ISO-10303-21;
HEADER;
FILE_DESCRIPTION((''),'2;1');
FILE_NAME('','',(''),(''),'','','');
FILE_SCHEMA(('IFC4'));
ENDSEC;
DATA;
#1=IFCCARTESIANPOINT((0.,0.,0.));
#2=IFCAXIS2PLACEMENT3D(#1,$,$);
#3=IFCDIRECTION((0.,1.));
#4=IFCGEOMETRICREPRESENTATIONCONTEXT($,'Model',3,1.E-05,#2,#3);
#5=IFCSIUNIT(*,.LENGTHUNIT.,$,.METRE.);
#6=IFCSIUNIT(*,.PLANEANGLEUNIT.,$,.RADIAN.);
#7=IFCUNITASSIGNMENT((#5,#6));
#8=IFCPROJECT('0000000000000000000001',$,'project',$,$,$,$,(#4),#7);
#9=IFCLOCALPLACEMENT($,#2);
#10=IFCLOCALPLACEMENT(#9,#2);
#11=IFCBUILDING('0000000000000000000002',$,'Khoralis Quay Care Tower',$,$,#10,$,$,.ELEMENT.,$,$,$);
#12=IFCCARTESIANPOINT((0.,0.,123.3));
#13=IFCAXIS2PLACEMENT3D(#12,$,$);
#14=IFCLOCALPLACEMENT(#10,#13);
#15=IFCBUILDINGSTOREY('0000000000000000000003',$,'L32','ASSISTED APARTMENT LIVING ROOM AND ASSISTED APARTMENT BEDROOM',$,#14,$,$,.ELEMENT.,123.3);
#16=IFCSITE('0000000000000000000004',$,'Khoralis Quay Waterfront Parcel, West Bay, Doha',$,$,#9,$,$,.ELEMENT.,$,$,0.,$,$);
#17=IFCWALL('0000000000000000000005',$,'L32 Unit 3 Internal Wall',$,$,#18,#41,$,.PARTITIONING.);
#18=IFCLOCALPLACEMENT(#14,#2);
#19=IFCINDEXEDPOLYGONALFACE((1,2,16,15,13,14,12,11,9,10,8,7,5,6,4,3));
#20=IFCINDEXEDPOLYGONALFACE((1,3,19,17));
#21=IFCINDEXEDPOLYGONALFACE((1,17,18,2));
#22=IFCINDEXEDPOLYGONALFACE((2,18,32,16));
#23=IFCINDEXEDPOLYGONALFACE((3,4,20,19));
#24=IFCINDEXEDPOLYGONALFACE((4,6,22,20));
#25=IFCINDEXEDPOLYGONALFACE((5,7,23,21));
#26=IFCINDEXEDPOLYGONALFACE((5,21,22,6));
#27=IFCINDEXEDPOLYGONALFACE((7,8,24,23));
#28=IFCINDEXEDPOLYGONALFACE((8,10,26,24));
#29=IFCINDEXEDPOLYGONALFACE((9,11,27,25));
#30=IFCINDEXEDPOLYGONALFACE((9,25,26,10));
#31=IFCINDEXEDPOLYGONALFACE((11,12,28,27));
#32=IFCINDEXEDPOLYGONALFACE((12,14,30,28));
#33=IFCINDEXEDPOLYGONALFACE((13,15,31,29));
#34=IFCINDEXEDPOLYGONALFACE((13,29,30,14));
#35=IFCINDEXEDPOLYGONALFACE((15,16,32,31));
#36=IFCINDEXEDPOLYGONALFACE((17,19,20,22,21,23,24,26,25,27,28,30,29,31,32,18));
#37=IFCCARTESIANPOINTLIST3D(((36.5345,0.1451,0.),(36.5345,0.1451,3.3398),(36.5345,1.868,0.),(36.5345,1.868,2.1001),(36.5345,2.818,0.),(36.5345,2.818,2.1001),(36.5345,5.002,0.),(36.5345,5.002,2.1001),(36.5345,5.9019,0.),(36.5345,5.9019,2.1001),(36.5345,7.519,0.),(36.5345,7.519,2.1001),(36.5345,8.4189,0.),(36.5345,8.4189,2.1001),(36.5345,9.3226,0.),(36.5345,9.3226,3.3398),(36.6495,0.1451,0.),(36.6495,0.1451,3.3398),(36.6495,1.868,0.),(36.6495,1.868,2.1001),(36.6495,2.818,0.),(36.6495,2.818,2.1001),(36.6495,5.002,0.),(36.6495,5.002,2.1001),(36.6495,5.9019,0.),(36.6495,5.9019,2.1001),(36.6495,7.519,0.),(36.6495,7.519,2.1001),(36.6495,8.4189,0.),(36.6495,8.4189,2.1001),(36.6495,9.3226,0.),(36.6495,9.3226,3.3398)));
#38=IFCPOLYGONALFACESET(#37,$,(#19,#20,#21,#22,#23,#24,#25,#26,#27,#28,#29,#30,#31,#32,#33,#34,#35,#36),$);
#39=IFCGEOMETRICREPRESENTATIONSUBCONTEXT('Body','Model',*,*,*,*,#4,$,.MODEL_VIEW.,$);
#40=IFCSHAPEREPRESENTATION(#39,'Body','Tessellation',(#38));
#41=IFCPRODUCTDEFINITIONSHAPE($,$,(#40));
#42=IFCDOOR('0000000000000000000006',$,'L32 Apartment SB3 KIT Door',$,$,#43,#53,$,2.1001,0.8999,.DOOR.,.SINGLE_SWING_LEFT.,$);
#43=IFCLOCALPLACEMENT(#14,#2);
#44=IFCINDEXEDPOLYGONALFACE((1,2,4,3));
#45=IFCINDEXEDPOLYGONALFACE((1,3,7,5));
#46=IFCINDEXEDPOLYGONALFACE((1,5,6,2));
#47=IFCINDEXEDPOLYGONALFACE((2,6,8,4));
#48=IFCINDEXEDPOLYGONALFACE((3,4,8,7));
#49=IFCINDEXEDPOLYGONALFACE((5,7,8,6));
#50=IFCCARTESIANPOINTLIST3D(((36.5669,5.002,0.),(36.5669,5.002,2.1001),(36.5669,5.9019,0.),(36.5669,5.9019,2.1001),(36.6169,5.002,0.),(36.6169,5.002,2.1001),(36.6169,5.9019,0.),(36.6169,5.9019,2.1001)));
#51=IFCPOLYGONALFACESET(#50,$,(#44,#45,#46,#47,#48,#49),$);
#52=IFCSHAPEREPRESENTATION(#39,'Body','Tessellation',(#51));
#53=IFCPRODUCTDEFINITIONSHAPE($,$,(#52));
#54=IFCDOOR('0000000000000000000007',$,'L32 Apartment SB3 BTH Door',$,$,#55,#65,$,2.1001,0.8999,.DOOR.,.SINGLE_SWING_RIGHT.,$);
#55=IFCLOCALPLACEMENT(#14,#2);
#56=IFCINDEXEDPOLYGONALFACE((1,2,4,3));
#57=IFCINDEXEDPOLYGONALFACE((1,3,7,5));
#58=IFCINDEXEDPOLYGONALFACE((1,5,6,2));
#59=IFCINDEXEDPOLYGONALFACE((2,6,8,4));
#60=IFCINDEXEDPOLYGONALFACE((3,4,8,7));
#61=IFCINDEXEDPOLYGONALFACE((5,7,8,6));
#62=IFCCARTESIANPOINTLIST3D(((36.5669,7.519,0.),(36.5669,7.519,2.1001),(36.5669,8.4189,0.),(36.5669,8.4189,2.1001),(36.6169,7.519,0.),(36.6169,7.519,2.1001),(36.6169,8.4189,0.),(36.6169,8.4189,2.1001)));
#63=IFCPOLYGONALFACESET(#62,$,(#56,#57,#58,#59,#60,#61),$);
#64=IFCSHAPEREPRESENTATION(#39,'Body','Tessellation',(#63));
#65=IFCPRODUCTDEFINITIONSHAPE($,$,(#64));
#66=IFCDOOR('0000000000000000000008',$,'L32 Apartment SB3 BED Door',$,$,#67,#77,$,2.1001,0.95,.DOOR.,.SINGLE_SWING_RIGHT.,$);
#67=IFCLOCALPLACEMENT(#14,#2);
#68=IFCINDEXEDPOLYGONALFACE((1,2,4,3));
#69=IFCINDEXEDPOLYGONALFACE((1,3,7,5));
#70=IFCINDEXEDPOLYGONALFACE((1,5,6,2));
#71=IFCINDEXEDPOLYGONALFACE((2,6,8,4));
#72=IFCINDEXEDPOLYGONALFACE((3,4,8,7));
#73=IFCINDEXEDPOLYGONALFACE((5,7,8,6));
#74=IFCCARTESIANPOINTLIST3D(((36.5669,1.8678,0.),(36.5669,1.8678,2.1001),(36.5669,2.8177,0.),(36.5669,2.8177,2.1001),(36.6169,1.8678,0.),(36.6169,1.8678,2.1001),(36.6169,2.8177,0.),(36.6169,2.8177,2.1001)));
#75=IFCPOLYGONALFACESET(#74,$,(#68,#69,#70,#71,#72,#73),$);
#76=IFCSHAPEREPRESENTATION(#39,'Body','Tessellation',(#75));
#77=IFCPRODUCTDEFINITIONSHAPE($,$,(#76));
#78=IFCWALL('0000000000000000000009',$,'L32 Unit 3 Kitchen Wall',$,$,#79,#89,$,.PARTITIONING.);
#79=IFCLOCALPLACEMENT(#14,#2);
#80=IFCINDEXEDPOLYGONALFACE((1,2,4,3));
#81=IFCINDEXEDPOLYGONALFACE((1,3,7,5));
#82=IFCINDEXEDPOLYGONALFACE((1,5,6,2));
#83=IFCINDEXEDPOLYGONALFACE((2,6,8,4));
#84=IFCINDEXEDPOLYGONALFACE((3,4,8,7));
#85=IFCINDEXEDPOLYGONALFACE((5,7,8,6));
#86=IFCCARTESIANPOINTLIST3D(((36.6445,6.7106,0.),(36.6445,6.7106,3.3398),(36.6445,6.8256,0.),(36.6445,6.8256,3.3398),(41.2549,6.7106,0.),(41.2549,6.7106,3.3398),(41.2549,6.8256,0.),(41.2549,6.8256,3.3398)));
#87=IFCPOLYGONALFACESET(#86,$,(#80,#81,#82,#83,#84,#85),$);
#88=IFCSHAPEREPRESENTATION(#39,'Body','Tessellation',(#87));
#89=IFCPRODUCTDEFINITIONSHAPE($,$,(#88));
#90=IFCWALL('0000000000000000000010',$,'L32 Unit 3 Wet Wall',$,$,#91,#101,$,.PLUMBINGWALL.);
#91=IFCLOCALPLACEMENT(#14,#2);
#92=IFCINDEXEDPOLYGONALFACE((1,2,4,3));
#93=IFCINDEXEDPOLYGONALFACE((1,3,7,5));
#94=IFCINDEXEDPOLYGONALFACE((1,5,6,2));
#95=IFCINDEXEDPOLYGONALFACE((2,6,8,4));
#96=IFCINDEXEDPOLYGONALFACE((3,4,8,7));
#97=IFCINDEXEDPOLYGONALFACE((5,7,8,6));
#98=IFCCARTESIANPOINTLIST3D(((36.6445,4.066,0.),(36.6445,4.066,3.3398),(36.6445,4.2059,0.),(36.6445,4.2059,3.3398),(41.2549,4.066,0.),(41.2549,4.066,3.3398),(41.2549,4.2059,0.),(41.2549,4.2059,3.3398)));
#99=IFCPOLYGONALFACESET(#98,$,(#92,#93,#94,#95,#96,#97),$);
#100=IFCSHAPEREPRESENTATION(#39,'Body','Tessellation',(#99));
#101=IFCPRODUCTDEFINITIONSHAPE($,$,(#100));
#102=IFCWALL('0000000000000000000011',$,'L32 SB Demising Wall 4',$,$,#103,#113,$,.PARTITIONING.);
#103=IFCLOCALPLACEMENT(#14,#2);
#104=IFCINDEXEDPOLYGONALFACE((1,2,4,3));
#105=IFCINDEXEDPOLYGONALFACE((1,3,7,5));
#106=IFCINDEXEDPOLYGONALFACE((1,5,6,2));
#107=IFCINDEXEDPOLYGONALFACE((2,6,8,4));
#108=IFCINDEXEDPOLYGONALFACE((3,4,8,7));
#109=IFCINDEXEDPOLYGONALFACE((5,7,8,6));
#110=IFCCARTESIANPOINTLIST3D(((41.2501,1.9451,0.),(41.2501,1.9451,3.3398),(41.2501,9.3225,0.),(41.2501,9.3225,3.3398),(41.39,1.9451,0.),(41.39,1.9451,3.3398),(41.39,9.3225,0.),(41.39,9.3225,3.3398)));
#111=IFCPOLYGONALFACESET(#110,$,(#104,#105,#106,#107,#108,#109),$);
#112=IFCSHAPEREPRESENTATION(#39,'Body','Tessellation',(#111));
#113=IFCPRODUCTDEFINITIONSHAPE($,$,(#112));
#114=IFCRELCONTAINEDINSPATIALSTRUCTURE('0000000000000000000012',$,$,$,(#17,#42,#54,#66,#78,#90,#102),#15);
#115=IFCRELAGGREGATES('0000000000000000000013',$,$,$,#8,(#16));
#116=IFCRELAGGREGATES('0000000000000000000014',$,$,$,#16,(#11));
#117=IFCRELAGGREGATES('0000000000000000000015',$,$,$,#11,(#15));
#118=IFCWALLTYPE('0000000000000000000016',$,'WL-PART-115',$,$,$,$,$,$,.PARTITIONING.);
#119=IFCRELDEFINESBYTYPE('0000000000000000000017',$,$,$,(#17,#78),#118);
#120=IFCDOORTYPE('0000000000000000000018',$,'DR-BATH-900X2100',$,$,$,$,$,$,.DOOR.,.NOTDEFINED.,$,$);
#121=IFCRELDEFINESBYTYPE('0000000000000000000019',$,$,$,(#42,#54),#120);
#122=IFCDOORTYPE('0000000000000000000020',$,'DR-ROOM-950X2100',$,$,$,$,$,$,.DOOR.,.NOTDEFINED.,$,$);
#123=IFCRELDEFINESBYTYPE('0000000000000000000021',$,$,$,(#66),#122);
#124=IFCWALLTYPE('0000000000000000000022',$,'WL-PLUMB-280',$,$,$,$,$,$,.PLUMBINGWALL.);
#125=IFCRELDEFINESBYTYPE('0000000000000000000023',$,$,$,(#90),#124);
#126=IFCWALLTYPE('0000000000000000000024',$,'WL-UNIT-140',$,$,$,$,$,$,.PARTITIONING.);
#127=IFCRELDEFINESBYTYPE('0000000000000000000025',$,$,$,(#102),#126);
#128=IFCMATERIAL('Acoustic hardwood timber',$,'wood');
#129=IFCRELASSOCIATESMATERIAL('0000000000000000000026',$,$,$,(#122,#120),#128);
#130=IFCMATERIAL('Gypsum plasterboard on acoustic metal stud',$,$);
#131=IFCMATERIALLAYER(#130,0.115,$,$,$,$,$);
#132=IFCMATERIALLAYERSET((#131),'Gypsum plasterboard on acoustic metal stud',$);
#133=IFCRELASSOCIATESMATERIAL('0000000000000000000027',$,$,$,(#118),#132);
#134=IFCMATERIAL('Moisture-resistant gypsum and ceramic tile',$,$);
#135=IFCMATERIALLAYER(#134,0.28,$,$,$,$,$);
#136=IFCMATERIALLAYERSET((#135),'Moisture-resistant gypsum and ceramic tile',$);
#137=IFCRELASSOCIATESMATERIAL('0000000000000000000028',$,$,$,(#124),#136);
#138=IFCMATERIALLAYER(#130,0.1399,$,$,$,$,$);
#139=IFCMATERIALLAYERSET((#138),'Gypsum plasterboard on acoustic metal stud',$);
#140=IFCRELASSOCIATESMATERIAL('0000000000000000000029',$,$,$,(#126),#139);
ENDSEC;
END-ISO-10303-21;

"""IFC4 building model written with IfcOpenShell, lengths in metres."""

from ifc_helpers import new_model, si_unit, direction, frame, frame_2d, origin, place, context, subcontext, project, spatial, rectangle, extrude, source, transform, mapped, material, layer, layer_set, type_object, element, fill, save


model = new_model("IFC4")

# Units and contexts
model_context = context("Model", 3, precision=1e-05, world=origin(), true_north=direction((0.0, 1.0)))
body_context = subcontext(model_context, "Body", "Model", "MODEL_VIEW")
ifc_project = project(units=[si_unit("LENGTHUNIT", "METRE"), si_unit("PLANEANGLEUNIT", "RADIAN")], contexts=[model_context])

# Site, building, storey
site_placement = place(None, origin())
site = spatial("IfcSite", under=ifc_project, at=site_placement, Name="Khoralis Quay Waterfront Parcel, West Bay, Doha", CompositionType="ELEMENT", RefElevation=0.0)
building_placement = place(site_placement, origin())
building = spatial("IfcBuilding", under=site, at=building_placement, Name="Khoralis Quay Care Tower", CompositionType="ELEMENT")
storey_placement = place(building_placement, frame((0.0, 0.0, 123.3)))
storey = spatial("IfcBuildingStorey", under=building, at=storey_placement, Name="L32", Description="ASSISTED APARTMENT LIVING ROOM AND ASSISTED APARTMENT BEDROOM", CompositionType="ELEMENT", Elevation=123.3)

# Shared definitions
ifc_material_1 = material(Name="Gypsum plasterboard on acoustic metal stud")

# Shared definitions
ifc_material_2 = material(Name="Acoustic hardwood timber", Category="wood")
door_type_1 = type_object("IfcDoorType", Name="DR-ROOM-950X2100", OperationType="NOTDEFINED", PredefinedType="DOOR", material=ifc_material_2)
shared_shape_1 = source(origin(), body_context, "Body", "SweptSolid", [
    extrude(rectangle(XDim=0.95, YDim=2.1001, at=frame_2d((0.4751, 1.05))), frame((0.0, 0.0249, 0.0), z_axis=(0.0, -1.0, 0.0), x_axis=(1.0, 0.0, 0.0)), (0.0, 0.0, 1.0), 0.05),
])

# Wall, openings, doors
ifc_layer_1 = layer(ifc_material_1, 0.115)
ifc_layer_set_1 = layer_set([ifc_layer_1], Name="Gypsum plasterboard on acoustic metal stud")
wall_type_1 = type_object("IfcWallType", Name="WL-PART-115", PredefinedType="PARTITIONING", material=ifc_layer_set_1)
wall_1_placement = place(storey_placement, frame((36.592, 0.145, 0.0), z_axis=(0.0, 0.0, 1.0), x_axis=(0.0, 1.0, 0.0)))
wall_1 = element("IfcWall", 1, at=wall_1_placement, inside=storey, type_object=wall_type_1, Name="L32 Unit 3 Internal Wall", PredefinedType="PARTITIONING", context=body_context, shape_type="SweptSolid", body=[
    extrude(rectangle(XDim=9.1775, YDim=0.115, at=frame_2d((4.5889, 0.0))), origin(), (0.0, 0.0, 1.0), 3.3398),
])
opening_1_placement = place(wall_1_placement, frame((1.7229, 0.0, 0.0)))
opening_1 = element("IfcOpeningElement", 2, at=opening_1_placement, cuts=wall_1, PredefinedType="OPENING", context=body_context, shape_type="SweptSolid", body=[
    extrude(rectangle(XDim=0.95, YDim=2.1001, at=frame_2d((0.4751, 1.05))), frame((0.0, 0.0674, 0.0), z_axis=(0.0, -1.0, 0.0), x_axis=(1.0, 0.0, 0.0)), (0.0, 0.0, 1.0), 0.135),
])
opening_2_placement = place(wall_1_placement, frame((4.8569, 0.0, 0.0)))
opening_2 = element("IfcOpeningElement", 3, at=opening_2_placement, cuts=wall_1, PredefinedType="OPENING", context=body_context, shape_type="SweptSolid", body=[
    extrude(rectangle(XDim=0.8999, YDim=2.1001, at=frame_2d((0.45, 1.05))), frame((0.0, 0.0674, 0.0), z_axis=(0.0, -1.0, 0.0), x_axis=(1.0, 0.0, 0.0)), (0.0, 0.0, 1.0), 0.135),
])
opening_3_placement = place(wall_1_placement, frame((7.374, 0.0, 0.0)))
opening_3 = element("IfcOpeningElement", 4, at=opening_3_placement, cuts=wall_1, PredefinedType="OPENING", context=body_context, shape_type="SweptSolid", body=[
    extrude(rectangle(XDim=0.8999, YDim=2.1001, at=frame_2d((0.45, 1.05))), frame((0.0, 0.0674, 0.0), z_axis=(0.0, -1.0, 0.0), x_axis=(1.0, 0.0, 0.0)), (0.0, 0.0, 1.0), 0.135),
])
door_type_2 = type_object("IfcDoorType", Name="DR-BATH-900X2100", OperationType="NOTDEFINED", PredefinedType="DOOR", material=ifc_material_2)
shared_shape_2 = source(origin(), body_context, "Body", "SweptSolid", [
    extrude(rectangle(XDim=0.8999, YDim=2.1001, at=frame_2d((0.45, 1.05))), frame((0.0, 0.0249, 0.0), z_axis=(0.0, -1.0, 0.0), x_axis=(1.0, 0.0, 0.0)), (0.0, 0.0, 1.0), 0.05),
])
door_1_placement = place(opening_2_placement, frame((0.8999, 0.0, 0.0), z_axis=(0.0, 0.0, 1.0), x_axis=(-1.0, 0.0, 0.0)))
door_1 = element("IfcDoor", 5, at=door_1_placement, inside=storey, type_object=door_type_2, Name="L32 Apartment SB3 KIT Door", OperationType="SINGLE_SWING_LEFT", OverallHeight=2.1001, OverallWidth=0.8999, PredefinedType="DOOR", context=body_context, shape_type="MappedRepresentation", body=[
    mapped(shared_shape_2, transform((0.0, 0.0, 0.0), scale=1.0)),
])
fill(opening_2, door_1)
door_2_placement = place(opening_3_placement, frame((0.8999, 0.0, 0.0), z_axis=(0.0, 0.0, 1.0), x_axis=(-1.0, 0.0, 0.0)))
door_2 = element("IfcDoor", 6, at=door_2_placement, inside=storey, type_object=door_type_2, Name="L32 Apartment SB3 BTH Door", OperationType="SINGLE_SWING_RIGHT", OverallHeight=2.1001, OverallWidth=0.8999, PredefinedType="DOOR", context=body_context, shape_type="MappedRepresentation", body=[
    mapped(shared_shape_2, transform((0.0, 0.0, 0.0), scale=1.0)),
])
fill(opening_3, door_2)
door_3_placement = place(opening_1_placement, frame((0.95, 0.0, 0.0), z_axis=(0.0, 0.0, 1.0), x_axis=(-1.0, 0.0, 0.0)))
door_3 = element("IfcDoor", 7, at=door_3_placement, inside=storey, type_object=door_type_1, Name="L32 Apartment SB3 BED Door", OperationType="SINGLE_SWING_RIGHT", OverallHeight=2.1001, OverallWidth=0.95, PredefinedType="DOOR", context=body_context, shape_type="MappedRepresentation", body=[
    mapped(shared_shape_1, transform((0.0, 0.0, 0.0), scale=1.0)),
])
fill(opening_1, door_3)

# Walls
wall_2_placement = place(storey_placement, frame((36.6445, 6.7681, 0.0), z_axis=(0.0, 0.0, 1.0), x_axis=(1.0, 0.0, 0.0)))
element("IfcWall", 8, at=wall_2_placement, inside=storey, type_object=wall_type_1, Name="L32 Unit 3 Kitchen Wall", PredefinedType="PARTITIONING", context=body_context, shape_type="SweptSolid", body=[
    extrude(rectangle(XDim=4.6104, YDim=0.115, at=frame_2d((2.3052, 0.0))), origin(), (0.0, 0.0, 1.0), 3.3398),
])
ifc_material_3 = material(Name="Moisture-resistant gypsum and ceramic tile")
ifc_layer_2 = layer(ifc_material_3, 0.28)
ifc_layer_set_2 = layer_set([ifc_layer_2], Name="Moisture-resistant gypsum and ceramic tile")
wall_type_2 = type_object("IfcWallType", Name="WL-PLUMB-280", PredefinedType="PLUMBINGWALL", material=ifc_layer_set_2)
wall_3_placement = place(storey_placement, frame((36.6445, 4.136, 0.0), z_axis=(0.0, 0.0, 1.0), x_axis=(1.0, 0.0, 0.0)))
element("IfcWall", 9, at=wall_3_placement, inside=storey, type_object=wall_type_2, Name="L32 Unit 3 Wet Wall", PredefinedType="PLUMBINGWALL", context=body_context, shape_type="SweptSolid", body=[
    extrude(rectangle(XDim=4.6104, YDim=0.1399, at=frame_2d((2.3052, 0.0))), origin(), (0.0, 0.0, 1.0), 3.3398),
])
ifc_layer_3 = layer(ifc_material_1, 0.1399)
ifc_layer_set_3 = layer_set([ifc_layer_3], Name="Gypsum plasterboard on acoustic metal stud")
wall_type_3 = type_object("IfcWallType", Name="WL-UNIT-140", PredefinedType="PARTITIONING", material=ifc_layer_set_3)
wall_4_placement = place(storey_placement, frame((41.3201, 1.9451, 0.0), z_axis=(0.0, 0.0, 1.0), x_axis=(0.0, 1.0, 0.0)))
element("IfcWall", 10, at=wall_4_placement, inside=storey, type_object=wall_type_3, Name="L32 SB Demising Wall 4", PredefinedType="PARTITIONING", context=body_context, shape_type="SweptSolid", body=[
    extrude(rectangle(XDim=7.3774, YDim=0.1399, at=frame_2d((3.6887, 0.0))), origin(), (0.0, 0.0, 1.0), 3.3398),
])

save(model, "model.ifc")
